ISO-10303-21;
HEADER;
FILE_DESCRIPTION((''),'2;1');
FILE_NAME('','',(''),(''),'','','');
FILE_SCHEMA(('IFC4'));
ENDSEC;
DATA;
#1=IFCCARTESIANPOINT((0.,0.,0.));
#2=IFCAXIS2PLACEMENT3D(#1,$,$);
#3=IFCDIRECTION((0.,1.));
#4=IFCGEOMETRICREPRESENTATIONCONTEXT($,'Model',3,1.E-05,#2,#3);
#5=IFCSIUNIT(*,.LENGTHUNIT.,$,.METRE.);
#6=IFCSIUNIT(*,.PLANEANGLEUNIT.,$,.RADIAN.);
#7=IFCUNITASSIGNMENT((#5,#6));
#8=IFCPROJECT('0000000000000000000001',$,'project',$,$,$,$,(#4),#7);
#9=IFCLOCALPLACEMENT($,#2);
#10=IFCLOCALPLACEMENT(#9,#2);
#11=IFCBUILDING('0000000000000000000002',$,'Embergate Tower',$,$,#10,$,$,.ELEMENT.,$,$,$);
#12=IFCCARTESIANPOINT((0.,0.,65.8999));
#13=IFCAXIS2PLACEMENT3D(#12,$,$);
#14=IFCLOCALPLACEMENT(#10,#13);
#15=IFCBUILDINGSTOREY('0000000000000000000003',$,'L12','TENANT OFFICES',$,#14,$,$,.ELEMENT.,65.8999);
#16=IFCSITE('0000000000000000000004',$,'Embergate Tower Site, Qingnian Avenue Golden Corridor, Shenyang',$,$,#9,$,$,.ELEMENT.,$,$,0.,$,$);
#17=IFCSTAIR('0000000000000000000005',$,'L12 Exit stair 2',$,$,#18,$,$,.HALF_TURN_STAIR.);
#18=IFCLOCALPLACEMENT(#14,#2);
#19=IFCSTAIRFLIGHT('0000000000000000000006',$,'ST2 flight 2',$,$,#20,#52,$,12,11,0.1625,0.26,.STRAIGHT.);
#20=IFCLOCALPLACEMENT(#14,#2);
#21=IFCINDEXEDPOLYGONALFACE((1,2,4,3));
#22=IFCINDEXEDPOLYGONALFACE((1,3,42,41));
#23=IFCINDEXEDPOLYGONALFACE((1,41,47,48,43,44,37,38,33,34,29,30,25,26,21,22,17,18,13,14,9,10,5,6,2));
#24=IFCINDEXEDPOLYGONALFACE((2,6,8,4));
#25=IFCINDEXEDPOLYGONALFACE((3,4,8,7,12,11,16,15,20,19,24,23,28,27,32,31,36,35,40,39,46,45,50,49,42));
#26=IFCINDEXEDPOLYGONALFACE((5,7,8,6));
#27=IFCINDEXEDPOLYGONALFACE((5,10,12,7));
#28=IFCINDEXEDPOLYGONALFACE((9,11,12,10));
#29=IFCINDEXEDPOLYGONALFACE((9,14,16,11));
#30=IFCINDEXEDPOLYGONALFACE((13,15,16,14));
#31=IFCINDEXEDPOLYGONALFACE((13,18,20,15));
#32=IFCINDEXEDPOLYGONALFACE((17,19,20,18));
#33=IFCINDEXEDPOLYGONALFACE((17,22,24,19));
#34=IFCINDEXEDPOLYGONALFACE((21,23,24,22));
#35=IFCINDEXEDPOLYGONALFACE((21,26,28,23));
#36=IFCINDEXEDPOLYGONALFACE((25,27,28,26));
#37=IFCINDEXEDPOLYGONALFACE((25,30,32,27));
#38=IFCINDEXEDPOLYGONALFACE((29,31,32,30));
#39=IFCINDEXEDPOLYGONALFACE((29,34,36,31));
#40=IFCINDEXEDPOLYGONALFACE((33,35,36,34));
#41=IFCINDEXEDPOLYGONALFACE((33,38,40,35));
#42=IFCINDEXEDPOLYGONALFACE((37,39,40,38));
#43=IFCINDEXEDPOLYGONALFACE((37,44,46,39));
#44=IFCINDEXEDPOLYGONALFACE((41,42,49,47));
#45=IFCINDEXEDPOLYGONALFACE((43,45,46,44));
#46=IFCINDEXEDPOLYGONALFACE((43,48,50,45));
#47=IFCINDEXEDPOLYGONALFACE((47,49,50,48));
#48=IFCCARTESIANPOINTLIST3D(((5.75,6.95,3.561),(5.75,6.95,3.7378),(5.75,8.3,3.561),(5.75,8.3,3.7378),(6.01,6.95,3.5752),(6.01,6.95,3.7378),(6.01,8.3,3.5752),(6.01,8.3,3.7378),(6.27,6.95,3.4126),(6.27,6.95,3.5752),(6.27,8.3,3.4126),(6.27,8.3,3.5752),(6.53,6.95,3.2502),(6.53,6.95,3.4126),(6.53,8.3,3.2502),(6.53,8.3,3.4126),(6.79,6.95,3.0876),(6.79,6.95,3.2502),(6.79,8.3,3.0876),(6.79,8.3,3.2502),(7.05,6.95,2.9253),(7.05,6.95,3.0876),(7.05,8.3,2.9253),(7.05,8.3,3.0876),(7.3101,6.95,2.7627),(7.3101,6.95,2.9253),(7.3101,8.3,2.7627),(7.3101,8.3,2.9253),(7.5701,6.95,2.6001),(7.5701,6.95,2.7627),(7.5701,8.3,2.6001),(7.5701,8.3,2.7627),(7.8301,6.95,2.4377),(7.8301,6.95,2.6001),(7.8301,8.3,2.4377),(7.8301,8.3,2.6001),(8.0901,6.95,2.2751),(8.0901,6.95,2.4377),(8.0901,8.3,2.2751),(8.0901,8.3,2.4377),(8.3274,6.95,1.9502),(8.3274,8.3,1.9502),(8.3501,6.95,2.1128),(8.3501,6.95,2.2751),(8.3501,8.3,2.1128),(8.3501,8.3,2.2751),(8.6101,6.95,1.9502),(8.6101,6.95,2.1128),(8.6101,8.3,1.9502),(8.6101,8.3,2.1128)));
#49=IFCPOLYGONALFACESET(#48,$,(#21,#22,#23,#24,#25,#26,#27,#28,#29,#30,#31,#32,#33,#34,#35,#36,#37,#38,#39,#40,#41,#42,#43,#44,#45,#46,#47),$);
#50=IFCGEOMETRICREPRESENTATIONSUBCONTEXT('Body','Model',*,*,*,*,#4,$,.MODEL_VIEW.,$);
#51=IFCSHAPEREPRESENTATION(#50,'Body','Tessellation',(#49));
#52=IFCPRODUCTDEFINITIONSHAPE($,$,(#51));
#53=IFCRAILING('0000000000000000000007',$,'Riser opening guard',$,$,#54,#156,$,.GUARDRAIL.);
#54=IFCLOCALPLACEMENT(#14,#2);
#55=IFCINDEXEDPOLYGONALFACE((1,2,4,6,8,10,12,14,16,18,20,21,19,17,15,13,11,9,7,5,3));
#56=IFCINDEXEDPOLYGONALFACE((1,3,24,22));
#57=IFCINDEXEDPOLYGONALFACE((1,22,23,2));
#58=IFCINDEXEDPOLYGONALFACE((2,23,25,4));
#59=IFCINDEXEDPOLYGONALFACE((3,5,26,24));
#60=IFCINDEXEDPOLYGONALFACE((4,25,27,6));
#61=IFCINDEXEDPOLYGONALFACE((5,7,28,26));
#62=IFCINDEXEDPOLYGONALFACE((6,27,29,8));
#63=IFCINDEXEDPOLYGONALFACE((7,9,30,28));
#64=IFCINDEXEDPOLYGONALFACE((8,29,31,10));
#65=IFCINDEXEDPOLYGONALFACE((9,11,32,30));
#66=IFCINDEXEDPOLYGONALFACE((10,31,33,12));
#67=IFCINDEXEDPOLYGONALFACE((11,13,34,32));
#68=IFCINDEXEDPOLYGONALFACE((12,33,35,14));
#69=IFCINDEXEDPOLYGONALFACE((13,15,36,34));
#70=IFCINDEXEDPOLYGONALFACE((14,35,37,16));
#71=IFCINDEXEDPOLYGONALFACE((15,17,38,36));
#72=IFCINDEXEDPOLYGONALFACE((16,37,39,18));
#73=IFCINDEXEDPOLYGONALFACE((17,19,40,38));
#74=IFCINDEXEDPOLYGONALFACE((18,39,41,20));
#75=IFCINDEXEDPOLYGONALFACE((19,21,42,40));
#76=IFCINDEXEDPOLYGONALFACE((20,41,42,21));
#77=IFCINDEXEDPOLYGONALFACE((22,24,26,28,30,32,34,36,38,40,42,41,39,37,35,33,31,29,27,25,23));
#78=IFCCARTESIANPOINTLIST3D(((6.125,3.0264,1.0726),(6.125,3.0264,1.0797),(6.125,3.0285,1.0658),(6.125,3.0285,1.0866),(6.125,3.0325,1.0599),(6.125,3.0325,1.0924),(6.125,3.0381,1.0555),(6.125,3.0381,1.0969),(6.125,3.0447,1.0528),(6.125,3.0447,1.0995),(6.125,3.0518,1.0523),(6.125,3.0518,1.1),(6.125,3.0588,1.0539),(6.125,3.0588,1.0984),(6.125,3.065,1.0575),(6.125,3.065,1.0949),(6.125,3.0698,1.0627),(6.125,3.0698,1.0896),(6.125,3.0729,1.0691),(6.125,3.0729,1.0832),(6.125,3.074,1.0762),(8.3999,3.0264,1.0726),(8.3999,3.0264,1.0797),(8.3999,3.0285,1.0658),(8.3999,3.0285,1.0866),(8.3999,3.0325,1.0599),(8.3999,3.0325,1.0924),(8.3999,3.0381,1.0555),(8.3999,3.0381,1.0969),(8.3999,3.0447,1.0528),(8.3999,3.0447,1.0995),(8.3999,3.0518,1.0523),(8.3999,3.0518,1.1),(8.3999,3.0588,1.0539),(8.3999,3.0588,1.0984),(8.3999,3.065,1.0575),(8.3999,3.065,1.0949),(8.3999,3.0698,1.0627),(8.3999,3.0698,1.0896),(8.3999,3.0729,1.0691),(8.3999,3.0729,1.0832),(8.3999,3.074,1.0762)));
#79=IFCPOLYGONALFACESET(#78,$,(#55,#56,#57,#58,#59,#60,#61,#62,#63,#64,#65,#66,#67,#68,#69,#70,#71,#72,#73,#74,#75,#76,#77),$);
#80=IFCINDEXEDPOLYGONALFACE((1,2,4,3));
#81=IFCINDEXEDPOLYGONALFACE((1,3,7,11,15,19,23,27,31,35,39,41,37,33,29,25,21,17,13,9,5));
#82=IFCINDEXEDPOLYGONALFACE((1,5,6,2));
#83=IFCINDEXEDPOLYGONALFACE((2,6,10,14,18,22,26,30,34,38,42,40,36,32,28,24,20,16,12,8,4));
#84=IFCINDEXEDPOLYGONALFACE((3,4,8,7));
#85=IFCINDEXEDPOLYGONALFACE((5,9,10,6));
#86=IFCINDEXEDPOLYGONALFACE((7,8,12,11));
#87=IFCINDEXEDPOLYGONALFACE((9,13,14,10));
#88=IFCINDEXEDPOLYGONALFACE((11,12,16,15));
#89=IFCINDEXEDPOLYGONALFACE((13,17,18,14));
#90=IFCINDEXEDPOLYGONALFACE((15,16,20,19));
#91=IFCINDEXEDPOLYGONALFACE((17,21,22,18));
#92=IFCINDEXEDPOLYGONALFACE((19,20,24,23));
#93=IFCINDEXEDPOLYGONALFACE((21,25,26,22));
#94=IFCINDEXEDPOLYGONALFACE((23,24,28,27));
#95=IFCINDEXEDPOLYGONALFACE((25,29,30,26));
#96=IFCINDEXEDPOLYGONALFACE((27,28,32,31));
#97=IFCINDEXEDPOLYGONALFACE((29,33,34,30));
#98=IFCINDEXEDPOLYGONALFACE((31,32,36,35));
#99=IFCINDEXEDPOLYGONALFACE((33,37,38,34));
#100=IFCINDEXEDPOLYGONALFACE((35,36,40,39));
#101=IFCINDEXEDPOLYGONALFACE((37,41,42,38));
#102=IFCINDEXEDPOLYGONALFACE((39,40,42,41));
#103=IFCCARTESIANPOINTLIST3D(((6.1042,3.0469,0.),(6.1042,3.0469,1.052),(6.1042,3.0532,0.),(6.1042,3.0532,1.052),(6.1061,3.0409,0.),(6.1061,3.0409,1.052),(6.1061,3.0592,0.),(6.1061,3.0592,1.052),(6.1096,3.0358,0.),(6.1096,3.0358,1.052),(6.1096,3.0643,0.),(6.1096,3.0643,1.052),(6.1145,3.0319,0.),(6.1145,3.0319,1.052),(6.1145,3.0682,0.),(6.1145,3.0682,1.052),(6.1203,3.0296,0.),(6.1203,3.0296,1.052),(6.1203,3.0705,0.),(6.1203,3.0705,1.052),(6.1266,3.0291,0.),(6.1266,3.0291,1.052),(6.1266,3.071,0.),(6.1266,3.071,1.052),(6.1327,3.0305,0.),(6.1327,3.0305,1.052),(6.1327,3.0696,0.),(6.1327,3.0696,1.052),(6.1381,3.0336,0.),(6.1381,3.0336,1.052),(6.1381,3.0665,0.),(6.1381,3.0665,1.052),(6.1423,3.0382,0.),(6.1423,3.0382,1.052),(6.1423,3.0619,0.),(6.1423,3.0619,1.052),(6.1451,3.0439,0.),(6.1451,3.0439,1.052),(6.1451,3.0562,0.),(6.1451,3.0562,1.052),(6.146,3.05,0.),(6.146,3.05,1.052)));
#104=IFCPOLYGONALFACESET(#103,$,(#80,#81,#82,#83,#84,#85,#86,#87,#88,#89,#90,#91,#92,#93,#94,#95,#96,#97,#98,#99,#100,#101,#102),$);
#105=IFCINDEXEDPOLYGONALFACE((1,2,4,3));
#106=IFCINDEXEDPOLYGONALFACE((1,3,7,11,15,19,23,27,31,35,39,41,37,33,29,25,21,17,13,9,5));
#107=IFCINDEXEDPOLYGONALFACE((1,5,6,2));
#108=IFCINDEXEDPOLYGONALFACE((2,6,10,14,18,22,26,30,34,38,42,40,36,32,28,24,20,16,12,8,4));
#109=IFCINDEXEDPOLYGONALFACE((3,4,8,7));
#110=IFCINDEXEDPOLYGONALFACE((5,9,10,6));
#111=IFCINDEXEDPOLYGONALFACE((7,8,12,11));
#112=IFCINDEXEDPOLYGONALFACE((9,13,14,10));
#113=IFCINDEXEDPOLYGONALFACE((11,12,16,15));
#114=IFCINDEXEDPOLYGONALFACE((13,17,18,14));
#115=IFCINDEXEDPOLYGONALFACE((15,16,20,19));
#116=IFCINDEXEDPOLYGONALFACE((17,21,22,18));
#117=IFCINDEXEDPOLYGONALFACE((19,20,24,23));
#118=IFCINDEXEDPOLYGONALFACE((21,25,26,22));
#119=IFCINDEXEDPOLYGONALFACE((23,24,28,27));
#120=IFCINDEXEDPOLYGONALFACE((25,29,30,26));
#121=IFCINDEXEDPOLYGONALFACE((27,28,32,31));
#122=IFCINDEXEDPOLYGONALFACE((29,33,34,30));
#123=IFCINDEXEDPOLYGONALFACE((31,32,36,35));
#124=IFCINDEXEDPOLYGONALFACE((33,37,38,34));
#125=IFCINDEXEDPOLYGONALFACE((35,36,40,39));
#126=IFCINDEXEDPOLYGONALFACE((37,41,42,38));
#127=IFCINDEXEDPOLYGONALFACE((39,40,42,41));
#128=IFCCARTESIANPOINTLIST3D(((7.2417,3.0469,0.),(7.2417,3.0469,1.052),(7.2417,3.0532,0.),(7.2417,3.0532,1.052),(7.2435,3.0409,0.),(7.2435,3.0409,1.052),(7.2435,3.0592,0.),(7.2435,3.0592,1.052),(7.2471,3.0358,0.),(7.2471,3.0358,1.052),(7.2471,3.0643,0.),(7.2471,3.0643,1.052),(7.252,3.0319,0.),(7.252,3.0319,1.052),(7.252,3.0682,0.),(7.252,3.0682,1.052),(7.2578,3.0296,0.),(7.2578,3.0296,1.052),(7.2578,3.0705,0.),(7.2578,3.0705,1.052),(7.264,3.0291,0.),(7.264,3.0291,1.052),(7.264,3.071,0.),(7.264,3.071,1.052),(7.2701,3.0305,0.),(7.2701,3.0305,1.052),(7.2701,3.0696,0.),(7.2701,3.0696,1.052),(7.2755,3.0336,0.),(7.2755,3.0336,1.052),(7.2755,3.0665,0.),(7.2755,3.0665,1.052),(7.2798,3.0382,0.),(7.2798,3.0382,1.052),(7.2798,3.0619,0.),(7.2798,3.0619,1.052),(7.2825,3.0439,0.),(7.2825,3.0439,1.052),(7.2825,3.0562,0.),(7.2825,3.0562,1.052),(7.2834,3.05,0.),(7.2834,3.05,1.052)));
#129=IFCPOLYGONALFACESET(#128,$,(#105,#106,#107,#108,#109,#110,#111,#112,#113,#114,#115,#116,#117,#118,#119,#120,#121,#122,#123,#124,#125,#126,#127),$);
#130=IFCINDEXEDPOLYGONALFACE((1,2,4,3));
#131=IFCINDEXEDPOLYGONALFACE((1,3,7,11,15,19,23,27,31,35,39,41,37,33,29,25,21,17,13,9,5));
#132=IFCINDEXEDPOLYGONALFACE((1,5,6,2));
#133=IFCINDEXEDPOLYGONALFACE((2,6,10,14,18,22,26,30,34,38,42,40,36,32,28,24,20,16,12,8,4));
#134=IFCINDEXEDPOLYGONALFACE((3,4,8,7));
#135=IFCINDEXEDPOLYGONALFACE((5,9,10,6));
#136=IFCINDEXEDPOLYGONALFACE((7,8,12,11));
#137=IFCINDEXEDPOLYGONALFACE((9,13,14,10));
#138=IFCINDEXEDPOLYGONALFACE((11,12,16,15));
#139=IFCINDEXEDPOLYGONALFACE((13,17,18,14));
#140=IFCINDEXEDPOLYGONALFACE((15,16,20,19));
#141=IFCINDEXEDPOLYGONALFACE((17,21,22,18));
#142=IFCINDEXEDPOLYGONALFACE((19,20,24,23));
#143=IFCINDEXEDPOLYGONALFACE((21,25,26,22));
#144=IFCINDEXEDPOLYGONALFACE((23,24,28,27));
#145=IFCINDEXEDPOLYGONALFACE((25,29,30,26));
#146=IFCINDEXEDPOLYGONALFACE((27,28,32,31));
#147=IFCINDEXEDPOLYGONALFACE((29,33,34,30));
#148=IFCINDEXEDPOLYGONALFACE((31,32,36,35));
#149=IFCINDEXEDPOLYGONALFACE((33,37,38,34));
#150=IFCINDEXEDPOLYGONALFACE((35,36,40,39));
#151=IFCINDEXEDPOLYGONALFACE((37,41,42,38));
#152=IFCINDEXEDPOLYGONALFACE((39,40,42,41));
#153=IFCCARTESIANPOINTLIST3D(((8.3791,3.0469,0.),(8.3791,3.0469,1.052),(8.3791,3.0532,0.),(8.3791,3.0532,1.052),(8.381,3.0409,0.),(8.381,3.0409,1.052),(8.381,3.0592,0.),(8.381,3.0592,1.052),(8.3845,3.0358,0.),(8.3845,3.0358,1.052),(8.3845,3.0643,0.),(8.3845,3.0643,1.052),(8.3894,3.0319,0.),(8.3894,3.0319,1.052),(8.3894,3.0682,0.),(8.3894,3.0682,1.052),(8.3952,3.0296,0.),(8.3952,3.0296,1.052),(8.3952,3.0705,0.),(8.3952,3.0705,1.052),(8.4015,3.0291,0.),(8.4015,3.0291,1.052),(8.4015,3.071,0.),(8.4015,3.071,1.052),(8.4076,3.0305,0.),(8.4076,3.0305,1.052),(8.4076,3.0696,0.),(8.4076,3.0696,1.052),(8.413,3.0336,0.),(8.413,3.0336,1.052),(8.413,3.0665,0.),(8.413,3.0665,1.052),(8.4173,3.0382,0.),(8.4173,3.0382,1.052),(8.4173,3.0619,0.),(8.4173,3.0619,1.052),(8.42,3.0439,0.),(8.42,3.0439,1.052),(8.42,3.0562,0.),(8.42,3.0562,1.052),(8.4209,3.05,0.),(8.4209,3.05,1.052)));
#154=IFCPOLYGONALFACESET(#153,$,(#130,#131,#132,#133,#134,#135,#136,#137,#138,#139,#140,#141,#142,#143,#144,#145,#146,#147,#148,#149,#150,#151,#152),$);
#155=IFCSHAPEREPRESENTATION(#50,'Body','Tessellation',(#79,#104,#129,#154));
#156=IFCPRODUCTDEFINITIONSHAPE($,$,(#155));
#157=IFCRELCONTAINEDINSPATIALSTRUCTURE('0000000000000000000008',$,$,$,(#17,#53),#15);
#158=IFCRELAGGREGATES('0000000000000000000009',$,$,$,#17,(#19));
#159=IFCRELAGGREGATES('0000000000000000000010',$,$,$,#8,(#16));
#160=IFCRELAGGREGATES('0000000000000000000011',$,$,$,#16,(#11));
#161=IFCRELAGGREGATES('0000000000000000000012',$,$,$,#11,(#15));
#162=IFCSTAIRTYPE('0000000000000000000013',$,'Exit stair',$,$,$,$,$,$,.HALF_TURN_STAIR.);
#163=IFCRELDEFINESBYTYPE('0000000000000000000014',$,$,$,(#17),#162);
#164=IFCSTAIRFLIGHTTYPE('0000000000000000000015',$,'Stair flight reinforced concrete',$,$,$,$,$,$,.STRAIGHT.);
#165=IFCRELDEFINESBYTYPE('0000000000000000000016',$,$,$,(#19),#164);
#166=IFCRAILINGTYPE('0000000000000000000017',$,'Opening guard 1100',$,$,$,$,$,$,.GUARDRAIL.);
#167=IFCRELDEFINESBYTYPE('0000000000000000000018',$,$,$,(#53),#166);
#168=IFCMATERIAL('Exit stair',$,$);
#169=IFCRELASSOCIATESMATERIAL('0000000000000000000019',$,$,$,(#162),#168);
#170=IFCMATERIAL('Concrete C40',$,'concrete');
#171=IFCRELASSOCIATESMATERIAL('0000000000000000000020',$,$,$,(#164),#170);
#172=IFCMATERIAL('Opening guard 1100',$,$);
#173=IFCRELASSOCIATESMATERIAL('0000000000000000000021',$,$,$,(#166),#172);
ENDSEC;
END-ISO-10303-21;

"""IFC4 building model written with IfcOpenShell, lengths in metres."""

from ifc_helpers import new_model, si_unit, direction, frame, origin, origin_2d, place, context, subcontext, project, spatial, polyline, circle, outline, extrude, source, transform, mapped, material, type_object, element, aggregate, save


model = new_model("IFC4")

# Units and contexts
model_context = context("Model", 3, precision=1e-05, world=origin(), true_north=direction((0.0, 1.0)))
body_context = subcontext(model_context, "Body", "Model", "MODEL_VIEW")
ifc_project = project(units=[si_unit("LENGTHUNIT", "METRE"), si_unit("PLANEANGLEUNIT", "RADIAN")], contexts=[model_context])

# Site, building, storey
site_placement = place(None, origin())
site = spatial("IfcSite", under=ifc_project, at=site_placement, Name="Embergate Tower Site, Qingnian Avenue Golden Corridor, Shenyang", CompositionType="ELEMENT", RefElevation=0.0)
building_placement = place(site_placement, origin())
building = spatial("IfcBuilding", under=site, at=building_placement, Name="Embergate Tower", CompositionType="ELEMENT")
storey_placement = place(building_placement, frame((0.0, 0.0, 65.8999)))
storey = spatial("IfcBuildingStorey", under=building, at=storey_placement, Name="L12", Description="TENANT OFFICES", CompositionType="ELEMENT", Elevation=65.8999)

# Stair
ifc_material_1 = material(Name="Exit stair")
stair_type = type_object("IfcStairType", Name="Exit stair", PredefinedType="HALF_TURN_STAIR", material=ifc_material_1)
stair_placement = place(storey_placement, origin())
stair = element("IfcStair", 1, at=stair_placement, inside=storey, type_object=stair_type, Name="L12 Exit stair 2", PredefinedType="HALF_TURN_STAIR")
ifc_material_2 = material(Name="Concrete C40", Category="concrete")

# Stair flight
stair_flight_type = type_object("IfcStairFlightType", Name="Stair flight reinforced concrete", PredefinedType="STRAIGHT", material=ifc_material_2)
shared_shape_1 = source(origin(), body_context, "Body", "SweptSolid", [
    extrude(outline(polyline([(0.0, 0.0), (0.0, 0.1626), (0.26, 0.1626), (0.26, 0.325), (0.52, 0.325), (0.52, 0.4875), (0.78, 0.4875), (0.78, 0.6499), (1.04, 0.6499), (1.04, 0.8125), (1.3, 0.8125), (1.3, 0.9751), (1.5601, 0.9751), (1.5601, 1.1375), (1.8201, 1.1375), (1.8201, 1.3), (2.0801, 1.3), (2.0801, 1.4624), (2.3401, 1.4624), (2.3401, 1.625), (2.6001, 1.625), (2.6001, 1.7876), (2.8601, 1.7876), (2.8601, 1.95), (2.8601, 1.6108), (0.2827, 0.0), (0.0, 0.0)])), frame((0.0, 0.675, 0.0), z_axis=(0.0, -1.0, 0.0), x_axis=(1.0, 0.0, 0.0)), (0.0, 0.0, 1.0), 1.3501),
])
stair_flight_placement = place(storey_placement, frame((8.6101, 7.625, 1.9502), z_axis=(0.0, 0.0, 1.0), x_axis=(-1.0, 0.0, 0.0)))
stair_flight = element("IfcStairFlight", 2, at=stair_flight_placement, type_object=stair_flight_type, Name="ST2 flight 2", NumberOfRisers=12, NumberOfTreads=11, PredefinedType="STRAIGHT", RiserHeight=0.1625, TreadLength=0.26, context=body_context, shape_type="MappedRepresentation", body=[
    mapped(shared_shape_1, transform((0.0, 0.0, 0.0))),
])
aggregate(stair, [stair_flight])

# Railing
ifc_material_3 = material(Name="Opening guard 1100")
railing_type = type_object("IfcRailingType", Name="Opening guard 1100", PredefinedType="GUARDRAIL", material=ifc_material_3)
shared_shape_2 = source(origin(), body_context, "Body", "SweptSolid", [
    extrude(circle(Radius=0.0239, at=origin_2d()), frame((0.0, 0.0, 1.0762), z_axis=(1.0, 0.0, 0.0), x_axis=(0.0, 1.0, 0.0)), (0.0, 0.0, 1.0), 2.2749),
    extrude(circle(Radius=0.021, at=origin_2d()), origin(), (0.0, 0.0, 1.0), 1.052),
    extrude(circle(Radius=0.021, at=origin_2d()), frame((1.1375, 0.0, 0.0)), (0.0, 0.0, 1.0), 1.052),
    extrude(circle(Radius=0.021, at=origin_2d()), frame((2.2749, 0.0, 0.0)), (0.0, 0.0, 1.0), 1.052),
])
railing_placement = place(storey_placement, frame((6.125, 3.05, 0.0)))
element("IfcRailing", 3, at=railing_placement, inside=storey, type_object=railing_type, Name="Riser opening guard", PredefinedType="GUARDRAIL", context=body_context, shape_type="MappedRepresentation", body=[
    mapped(shared_shape_2, transform((0.0, 0.0, 0.0))),
])

save(model, "model.ifc")
